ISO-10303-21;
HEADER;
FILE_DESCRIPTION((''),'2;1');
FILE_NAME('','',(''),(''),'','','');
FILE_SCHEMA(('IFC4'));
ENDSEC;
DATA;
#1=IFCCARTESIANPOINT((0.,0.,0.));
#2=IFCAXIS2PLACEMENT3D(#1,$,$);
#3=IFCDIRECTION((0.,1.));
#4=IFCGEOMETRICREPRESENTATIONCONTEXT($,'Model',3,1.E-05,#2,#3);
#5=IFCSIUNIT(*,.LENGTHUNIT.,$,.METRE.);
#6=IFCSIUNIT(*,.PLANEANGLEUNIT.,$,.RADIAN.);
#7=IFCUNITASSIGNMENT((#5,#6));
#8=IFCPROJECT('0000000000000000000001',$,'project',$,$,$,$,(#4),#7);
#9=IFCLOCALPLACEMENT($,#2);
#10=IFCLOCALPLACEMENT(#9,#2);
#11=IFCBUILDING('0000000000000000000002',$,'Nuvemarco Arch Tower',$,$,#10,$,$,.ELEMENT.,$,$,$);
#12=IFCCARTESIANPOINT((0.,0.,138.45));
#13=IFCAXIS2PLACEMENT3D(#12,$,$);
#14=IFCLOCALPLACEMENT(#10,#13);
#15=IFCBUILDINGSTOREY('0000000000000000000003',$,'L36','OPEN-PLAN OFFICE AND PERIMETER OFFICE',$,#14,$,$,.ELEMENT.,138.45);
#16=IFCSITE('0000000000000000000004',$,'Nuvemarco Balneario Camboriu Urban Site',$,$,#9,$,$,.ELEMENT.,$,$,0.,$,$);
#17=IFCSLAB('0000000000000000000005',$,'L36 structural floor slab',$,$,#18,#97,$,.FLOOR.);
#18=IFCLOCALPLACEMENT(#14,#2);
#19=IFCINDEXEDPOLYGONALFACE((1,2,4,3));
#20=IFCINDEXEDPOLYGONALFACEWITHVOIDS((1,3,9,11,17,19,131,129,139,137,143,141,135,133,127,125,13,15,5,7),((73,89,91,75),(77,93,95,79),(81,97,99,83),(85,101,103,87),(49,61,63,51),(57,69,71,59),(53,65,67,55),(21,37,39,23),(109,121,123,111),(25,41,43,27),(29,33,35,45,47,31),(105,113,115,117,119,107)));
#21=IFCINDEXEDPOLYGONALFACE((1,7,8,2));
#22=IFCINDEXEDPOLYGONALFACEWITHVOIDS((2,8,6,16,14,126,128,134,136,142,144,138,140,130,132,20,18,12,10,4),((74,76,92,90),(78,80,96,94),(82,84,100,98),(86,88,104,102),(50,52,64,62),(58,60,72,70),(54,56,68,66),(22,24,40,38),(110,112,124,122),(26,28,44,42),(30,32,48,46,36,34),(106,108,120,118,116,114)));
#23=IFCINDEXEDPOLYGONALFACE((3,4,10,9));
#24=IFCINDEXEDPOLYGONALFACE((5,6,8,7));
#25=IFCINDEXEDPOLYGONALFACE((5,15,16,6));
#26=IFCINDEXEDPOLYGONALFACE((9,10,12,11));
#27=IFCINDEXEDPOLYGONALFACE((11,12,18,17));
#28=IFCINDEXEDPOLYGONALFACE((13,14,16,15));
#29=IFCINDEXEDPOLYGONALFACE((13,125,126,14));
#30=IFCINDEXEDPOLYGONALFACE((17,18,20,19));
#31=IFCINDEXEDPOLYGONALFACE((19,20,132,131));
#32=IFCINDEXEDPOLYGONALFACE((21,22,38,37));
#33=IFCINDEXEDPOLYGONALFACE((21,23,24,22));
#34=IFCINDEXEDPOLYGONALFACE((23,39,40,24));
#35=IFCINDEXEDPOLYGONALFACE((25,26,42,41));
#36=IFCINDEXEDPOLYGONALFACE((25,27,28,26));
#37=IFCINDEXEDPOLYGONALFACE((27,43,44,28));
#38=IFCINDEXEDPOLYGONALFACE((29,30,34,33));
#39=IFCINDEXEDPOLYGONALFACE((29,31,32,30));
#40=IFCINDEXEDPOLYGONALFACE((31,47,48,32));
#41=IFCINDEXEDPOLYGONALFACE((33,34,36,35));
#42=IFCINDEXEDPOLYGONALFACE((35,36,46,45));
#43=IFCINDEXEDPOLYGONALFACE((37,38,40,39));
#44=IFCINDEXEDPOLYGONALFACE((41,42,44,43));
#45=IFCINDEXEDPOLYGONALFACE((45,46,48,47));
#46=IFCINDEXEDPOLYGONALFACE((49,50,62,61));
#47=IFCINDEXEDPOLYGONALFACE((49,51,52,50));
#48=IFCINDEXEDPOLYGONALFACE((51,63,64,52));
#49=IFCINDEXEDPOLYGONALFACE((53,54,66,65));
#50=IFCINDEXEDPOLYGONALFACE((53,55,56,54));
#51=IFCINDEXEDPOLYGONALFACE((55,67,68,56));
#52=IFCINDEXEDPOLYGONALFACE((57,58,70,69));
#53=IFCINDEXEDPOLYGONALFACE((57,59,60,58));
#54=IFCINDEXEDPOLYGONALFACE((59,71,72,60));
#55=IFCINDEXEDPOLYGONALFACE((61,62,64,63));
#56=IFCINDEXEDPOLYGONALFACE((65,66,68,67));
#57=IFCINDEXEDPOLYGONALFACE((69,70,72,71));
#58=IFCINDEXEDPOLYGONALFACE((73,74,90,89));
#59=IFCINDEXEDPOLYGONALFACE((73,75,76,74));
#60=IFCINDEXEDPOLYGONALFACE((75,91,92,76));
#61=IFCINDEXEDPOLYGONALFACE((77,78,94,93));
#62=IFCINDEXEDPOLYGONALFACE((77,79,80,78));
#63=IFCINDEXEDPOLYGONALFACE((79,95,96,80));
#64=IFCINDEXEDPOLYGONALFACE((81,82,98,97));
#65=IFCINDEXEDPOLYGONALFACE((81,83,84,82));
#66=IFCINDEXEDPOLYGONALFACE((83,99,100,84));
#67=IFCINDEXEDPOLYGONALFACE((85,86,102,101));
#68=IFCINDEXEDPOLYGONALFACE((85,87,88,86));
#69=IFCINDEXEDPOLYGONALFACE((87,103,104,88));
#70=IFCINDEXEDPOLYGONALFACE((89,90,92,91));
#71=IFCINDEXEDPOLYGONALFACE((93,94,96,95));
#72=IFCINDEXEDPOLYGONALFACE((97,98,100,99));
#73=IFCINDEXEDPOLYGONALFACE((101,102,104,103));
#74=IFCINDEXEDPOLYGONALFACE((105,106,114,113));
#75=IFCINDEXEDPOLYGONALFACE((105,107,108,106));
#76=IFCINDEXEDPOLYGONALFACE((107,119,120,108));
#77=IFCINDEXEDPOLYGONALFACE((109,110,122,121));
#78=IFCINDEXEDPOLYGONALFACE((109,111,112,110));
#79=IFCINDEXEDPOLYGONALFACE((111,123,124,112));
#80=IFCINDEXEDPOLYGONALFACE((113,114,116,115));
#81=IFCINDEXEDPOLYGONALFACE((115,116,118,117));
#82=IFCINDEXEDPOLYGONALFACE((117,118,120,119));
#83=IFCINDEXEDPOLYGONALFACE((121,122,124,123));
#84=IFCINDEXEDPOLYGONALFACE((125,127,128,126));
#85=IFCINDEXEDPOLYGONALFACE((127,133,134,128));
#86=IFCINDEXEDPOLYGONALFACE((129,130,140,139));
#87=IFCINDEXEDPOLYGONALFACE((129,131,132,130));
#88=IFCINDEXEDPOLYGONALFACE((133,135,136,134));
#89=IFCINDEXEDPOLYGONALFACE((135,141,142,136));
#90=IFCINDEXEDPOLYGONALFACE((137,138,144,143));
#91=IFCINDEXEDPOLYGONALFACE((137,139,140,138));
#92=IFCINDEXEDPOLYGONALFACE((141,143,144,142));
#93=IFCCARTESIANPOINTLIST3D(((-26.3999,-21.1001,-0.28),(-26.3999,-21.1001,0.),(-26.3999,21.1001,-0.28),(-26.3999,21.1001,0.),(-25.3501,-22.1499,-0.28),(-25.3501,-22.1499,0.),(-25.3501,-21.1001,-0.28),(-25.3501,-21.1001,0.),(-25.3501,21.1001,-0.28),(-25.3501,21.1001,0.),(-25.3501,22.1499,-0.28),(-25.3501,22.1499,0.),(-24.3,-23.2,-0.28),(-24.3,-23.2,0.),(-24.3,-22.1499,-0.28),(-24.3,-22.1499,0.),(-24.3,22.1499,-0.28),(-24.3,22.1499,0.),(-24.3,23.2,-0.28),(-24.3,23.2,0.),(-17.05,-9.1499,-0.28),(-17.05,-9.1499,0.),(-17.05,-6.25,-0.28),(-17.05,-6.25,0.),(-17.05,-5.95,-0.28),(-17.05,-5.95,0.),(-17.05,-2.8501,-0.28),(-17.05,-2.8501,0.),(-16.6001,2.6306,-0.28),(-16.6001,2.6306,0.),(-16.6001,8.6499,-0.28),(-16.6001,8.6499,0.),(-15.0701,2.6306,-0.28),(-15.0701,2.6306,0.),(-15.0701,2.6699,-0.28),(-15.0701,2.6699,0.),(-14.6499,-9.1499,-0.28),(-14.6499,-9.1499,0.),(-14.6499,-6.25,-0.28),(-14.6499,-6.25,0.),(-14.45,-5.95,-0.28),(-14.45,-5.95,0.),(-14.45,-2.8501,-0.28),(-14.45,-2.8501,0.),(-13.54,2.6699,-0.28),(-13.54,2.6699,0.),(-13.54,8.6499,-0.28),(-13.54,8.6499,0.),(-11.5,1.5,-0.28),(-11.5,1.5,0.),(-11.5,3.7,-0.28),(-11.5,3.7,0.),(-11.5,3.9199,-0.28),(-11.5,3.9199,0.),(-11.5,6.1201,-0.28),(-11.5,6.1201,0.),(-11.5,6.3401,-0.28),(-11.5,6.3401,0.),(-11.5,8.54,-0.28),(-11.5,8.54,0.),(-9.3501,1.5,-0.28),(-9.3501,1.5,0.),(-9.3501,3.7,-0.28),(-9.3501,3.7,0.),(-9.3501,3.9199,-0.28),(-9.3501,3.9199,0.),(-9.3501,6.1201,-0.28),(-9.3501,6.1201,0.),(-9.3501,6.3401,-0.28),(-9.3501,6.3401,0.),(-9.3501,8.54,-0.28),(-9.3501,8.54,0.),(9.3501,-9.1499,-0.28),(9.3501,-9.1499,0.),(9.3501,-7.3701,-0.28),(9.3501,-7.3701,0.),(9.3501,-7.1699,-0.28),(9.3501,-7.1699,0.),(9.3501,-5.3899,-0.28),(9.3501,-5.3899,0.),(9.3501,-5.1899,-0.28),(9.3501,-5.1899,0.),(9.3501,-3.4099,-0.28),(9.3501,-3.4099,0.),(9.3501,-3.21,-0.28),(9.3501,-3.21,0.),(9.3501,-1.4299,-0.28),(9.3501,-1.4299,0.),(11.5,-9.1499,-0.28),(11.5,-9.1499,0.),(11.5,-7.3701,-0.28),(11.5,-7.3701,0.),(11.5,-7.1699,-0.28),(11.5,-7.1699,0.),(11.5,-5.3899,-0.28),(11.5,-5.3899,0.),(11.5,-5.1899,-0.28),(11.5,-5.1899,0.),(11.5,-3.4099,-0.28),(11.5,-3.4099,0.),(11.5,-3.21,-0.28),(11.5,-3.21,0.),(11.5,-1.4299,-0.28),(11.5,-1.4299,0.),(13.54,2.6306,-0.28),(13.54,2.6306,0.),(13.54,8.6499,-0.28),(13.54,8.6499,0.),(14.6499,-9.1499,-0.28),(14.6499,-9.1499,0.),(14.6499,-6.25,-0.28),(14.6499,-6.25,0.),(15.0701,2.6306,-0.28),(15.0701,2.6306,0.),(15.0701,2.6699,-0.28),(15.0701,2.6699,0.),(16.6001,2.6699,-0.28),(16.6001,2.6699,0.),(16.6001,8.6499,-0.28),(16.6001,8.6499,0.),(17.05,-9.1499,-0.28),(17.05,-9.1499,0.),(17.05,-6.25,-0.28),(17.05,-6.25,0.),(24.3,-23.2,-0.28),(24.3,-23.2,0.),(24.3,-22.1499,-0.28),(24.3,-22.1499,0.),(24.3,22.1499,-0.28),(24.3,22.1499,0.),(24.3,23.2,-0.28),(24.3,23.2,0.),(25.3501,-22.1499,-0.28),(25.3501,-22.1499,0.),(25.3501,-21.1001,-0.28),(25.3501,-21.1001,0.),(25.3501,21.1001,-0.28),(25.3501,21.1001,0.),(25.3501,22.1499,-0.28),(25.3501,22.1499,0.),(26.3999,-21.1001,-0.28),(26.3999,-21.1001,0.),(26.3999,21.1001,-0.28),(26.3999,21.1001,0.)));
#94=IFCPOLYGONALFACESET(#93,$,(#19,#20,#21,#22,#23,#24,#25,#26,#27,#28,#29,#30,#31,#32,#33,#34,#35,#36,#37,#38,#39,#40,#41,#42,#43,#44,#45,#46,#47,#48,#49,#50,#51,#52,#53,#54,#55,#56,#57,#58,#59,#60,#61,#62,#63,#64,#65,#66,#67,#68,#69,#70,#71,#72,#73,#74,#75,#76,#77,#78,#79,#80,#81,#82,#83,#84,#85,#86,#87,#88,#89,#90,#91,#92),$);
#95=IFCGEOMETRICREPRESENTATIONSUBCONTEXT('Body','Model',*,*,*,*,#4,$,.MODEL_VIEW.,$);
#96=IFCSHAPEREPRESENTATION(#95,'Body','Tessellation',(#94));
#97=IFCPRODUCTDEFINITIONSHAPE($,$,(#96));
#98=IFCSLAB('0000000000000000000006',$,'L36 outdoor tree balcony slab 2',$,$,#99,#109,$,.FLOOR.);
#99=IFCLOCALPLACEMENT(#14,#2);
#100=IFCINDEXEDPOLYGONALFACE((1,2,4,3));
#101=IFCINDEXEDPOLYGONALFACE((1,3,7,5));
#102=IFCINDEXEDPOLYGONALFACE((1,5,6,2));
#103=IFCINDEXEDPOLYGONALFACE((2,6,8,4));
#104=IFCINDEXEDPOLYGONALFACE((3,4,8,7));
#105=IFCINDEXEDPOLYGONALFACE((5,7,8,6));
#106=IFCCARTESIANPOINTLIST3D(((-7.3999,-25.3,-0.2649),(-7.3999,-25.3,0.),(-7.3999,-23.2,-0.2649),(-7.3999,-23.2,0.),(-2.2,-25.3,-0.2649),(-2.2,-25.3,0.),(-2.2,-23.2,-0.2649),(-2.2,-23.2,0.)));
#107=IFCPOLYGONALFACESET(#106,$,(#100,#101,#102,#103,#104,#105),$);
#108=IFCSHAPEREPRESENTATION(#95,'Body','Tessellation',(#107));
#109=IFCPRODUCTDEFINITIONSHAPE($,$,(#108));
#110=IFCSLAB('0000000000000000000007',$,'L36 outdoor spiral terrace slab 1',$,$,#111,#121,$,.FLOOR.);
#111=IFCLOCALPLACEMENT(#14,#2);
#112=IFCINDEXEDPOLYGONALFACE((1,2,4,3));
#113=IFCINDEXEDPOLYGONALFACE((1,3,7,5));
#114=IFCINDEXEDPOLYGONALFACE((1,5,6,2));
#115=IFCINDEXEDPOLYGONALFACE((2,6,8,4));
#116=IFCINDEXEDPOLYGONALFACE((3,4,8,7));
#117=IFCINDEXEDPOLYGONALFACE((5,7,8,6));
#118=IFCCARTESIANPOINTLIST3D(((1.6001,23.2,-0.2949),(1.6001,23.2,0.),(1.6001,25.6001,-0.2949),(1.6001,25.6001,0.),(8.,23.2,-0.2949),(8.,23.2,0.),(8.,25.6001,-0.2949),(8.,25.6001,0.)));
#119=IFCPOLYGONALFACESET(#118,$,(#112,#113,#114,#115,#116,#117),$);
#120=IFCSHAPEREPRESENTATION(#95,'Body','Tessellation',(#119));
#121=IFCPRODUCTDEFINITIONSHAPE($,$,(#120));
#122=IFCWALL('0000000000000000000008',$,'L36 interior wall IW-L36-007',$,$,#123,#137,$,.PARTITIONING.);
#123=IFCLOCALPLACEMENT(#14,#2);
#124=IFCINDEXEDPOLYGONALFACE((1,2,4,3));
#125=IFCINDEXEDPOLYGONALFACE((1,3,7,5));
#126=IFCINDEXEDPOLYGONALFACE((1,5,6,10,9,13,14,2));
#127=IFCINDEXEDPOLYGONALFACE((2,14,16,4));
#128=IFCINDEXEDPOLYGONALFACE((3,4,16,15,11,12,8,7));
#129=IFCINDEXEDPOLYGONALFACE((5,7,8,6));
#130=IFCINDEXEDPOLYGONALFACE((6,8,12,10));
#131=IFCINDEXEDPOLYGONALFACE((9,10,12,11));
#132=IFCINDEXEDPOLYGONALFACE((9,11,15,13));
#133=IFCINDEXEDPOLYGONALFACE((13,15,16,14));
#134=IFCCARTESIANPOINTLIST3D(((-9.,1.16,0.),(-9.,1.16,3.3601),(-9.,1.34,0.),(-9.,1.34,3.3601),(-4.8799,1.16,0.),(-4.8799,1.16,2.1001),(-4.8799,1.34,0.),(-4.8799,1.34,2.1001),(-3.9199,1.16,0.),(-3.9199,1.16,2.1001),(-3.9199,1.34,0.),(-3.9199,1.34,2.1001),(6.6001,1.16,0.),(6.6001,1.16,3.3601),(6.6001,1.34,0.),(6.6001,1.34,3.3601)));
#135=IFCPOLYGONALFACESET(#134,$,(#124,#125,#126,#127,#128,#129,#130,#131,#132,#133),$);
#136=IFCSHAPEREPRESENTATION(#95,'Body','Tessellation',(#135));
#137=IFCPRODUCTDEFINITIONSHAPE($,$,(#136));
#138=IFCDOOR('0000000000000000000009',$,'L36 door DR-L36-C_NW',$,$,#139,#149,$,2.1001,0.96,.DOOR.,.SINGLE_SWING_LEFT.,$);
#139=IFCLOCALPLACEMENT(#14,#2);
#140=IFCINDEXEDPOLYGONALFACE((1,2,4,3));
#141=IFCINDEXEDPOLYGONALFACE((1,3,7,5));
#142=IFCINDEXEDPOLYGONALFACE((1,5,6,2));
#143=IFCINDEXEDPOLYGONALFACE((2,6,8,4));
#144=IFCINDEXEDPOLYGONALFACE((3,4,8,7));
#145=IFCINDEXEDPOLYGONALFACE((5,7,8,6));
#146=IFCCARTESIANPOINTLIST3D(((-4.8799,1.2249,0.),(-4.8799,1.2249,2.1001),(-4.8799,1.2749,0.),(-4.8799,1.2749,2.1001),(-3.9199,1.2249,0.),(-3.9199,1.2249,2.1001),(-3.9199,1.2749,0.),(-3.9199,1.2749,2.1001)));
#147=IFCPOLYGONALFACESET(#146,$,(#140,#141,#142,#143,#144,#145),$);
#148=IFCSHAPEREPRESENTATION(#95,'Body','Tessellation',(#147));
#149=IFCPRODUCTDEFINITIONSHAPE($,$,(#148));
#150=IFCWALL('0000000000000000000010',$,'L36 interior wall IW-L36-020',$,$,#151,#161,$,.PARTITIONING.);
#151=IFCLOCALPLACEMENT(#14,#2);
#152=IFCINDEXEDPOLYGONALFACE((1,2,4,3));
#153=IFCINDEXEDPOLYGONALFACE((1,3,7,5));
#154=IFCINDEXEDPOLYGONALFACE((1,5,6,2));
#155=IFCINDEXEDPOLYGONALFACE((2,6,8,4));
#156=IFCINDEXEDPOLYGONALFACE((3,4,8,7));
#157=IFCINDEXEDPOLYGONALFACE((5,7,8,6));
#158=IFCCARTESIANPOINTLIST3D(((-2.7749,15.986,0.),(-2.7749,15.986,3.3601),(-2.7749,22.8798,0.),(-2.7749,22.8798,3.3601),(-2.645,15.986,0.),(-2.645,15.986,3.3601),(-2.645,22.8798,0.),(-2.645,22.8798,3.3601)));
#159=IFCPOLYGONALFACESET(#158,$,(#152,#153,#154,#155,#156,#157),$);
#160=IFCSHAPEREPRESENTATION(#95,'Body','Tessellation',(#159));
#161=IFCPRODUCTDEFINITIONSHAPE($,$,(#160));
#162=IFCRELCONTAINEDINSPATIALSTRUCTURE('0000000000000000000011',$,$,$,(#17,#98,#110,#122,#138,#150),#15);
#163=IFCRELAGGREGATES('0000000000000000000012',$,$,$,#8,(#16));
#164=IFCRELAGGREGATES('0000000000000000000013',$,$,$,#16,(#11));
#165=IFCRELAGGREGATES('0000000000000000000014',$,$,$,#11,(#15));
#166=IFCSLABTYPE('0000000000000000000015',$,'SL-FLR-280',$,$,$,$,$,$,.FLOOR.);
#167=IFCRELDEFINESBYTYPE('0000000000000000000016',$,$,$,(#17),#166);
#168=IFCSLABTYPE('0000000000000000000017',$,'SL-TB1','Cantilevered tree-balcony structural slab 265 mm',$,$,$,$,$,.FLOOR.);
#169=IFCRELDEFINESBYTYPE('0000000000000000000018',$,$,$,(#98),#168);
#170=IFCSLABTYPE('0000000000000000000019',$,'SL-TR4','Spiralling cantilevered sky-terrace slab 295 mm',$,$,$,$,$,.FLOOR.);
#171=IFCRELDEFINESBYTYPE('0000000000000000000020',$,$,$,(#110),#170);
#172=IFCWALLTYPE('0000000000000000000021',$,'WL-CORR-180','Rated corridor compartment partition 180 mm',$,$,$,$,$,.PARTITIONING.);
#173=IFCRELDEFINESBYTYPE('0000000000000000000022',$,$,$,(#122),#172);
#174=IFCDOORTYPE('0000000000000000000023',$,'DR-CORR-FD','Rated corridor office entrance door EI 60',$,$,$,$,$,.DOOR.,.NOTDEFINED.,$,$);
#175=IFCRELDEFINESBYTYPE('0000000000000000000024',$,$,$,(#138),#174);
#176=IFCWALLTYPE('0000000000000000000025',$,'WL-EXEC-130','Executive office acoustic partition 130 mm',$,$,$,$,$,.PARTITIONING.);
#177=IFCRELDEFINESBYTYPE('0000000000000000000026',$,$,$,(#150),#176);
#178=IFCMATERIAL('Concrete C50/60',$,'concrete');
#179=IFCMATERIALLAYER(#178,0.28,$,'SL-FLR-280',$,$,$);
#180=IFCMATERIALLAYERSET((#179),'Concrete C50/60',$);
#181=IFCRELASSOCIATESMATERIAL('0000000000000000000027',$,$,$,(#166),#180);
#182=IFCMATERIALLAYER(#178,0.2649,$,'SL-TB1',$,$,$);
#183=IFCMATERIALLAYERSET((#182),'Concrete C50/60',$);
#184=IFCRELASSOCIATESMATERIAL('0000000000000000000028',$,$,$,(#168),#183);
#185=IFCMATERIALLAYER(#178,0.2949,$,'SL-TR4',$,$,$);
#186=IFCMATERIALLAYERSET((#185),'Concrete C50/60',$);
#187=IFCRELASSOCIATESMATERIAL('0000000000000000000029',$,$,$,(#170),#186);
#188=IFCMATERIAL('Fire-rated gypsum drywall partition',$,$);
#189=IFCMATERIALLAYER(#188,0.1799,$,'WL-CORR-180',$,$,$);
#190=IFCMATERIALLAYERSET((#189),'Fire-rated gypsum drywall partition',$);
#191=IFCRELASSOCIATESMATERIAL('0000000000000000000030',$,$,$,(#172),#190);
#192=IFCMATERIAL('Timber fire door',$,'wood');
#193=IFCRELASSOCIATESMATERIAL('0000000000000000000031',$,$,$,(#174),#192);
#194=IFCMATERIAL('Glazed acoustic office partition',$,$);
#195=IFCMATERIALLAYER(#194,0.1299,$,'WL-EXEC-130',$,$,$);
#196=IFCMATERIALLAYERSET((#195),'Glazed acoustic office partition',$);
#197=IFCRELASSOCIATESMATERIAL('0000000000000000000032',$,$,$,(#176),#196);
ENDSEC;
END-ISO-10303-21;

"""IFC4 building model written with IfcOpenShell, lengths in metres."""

from ifc_helpers import new_model, si_unit, direction, frame, frame_2d, origin, place, context, subcontext, project, spatial, polyline, rectangle, outline, extrude, source, transform, mapped, material, layer, layer_set, type_object, type_shapes, element, fill, save


model = new_model("IFC4")

# Units and contexts
model_context = context("Model", 3, precision=1e-05, world=origin(), true_north=direction((0.0, 1.0)))
body_context = subcontext(model_context, "Body", "Model", "MODEL_VIEW")
ifc_project = project(units=[si_unit("LENGTHUNIT", "METRE"), si_unit("PLANEANGLEUNIT", "RADIAN")], contexts=[model_context])

# Site, building, storey
site_placement = place(None, origin())
site = spatial("IfcSite", under=ifc_project, at=site_placement, Name="Nuvemarco Balneario Camboriu Urban Site", CompositionType="ELEMENT", RefElevation=0.0)
building_placement = place(site_placement, origin())
building = spatial("IfcBuilding", under=site, at=building_placement, Name="Nuvemarco Arch Tower", CompositionType="ELEMENT")
storey_placement = place(building_placement, frame((0.0, 0.0, 138.45)))
storey = spatial("IfcBuildingStorey", under=building, at=storey_placement, Name="L36", Description="OPEN-PLAN OFFICE AND PERIMETER OFFICE", CompositionType="ELEMENT", Elevation=138.45)

# Shared definitions
ifc_material_1 = material(Name="Concrete C50/60", Category="concrete")

# Slabs
ifc_layer_1 = layer(ifc_material_1, 0.28, Name="SL-FLR-280")
ifc_layer_set_1 = layer_set([ifc_layer_1], Name="Concrete C50/60")
slab_type_1 = type_object("IfcSlabType", Name="SL-FLR-280", PredefinedType="FLOOR", material=ifc_layer_set_1)
slab_1_placement = place(storey_placement, frame((0.0, 0.0, -0.28)))
element("IfcSlab", 1, at=slab_1_placement, inside=storey, type_object=slab_type_1, Name="L36 structural floor slab", PredefinedType="FLOOR", context=body_context, shape_type="SweptSolid", body=[
    extrude(outline(polyline([(-24.3, -23.2), (24.3, -23.2), (24.3, -22.1499), (25.3501, -22.1499), (25.3501, -21.1001), (26.3999, -21.1001), (26.3999, 21.1001), (25.3501, 21.1001), (25.3501, 22.1499), (24.3, 22.1499), (24.3, 23.2), (-24.3, 23.2), (-24.3, 22.1499), (-25.3501, 22.1499), (-25.3501, 21.1001), (-26.3999, 21.1001), (-26.3999, -21.1001), (-25.3501, -21.1001), (-25.3501, -22.1499), (-24.3, -22.1499), (-24.3, -23.2)]), holes=[polyline([(-13.54, 2.6699), (-13.54, 8.6499), (-16.6001, 8.6499), (-16.6001, 2.6306), (-15.0701, 2.6306), (-15.0701, 2.6699), (-13.54, 2.6699)]), polyline([(16.6001, 2.6699), (16.6001, 8.6499), (13.54, 8.6499), (13.54, 2.6306), (15.0701, 2.6306), (15.0701, 2.6699), (16.6001, 2.6699)]), polyline([(-17.05, -9.1499), (-14.6499, -9.1499), (-14.6499, -6.25), (-17.05, -6.25), (-17.05, -9.1499)]), polyline([(-17.05, -5.95), (-14.45, -5.95), (-14.45, -2.8501), (-17.05, -2.8501), (-17.05, -5.95)]), polyline([(-11.5, 1.5), (-9.3501, 1.5), (-9.3501, 3.7), (-11.5, 3.7), (-11.5, 1.5)]), polyline([(-11.5, 3.9199), (-9.3501, 3.9199), (-9.3501, 6.1201), (-11.5, 6.1201), (-11.5, 3.9199)]), polyline([(-11.5, 6.3401), (-9.3501, 6.3401), (-9.3501, 8.54), (-11.5, 8.54), (-11.5, 6.3401)]), polyline([(14.6499, -9.1499), (17.05, -9.1499), (17.05, -6.25), (14.6499, -6.25), (14.6499, -9.1499)]), polyline([(9.3501, -9.1499), (11.5, -9.1499), (11.5, -7.3701), (9.3501, -7.3701), (9.3501, -9.1499)]), polyline([(9.3501, -7.1699), (11.5, -7.1699), (11.5, -5.3899), (9.3501, -5.3899), (9.3501, -7.1699)]), polyline([(9.3501, -5.1899), (11.5, -5.1899), (11.5, -3.4099), (9.3501, -3.4099), (9.3501, -5.1899)]), polyline([(9.3501, -3.21), (11.5, -3.21), (11.5, -1.4299), (9.3501, -1.4299), (9.3501, -3.21)])]), origin(), (0.0, 0.0, 1.0), 0.28),
])
ifc_layer_2 = layer(ifc_material_1, 0.2649, Name="SL-TB1")
ifc_layer_set_2 = layer_set([ifc_layer_2], Name="Concrete C50/60")
slab_type_2 = type_object("IfcSlabType", Name="SL-TB1", Description="Cantilevered tree-balcony structural slab 265 mm", PredefinedType="FLOOR", material=ifc_layer_set_2)
slab_2_placement = place(storey_placement, frame((0.0, 0.0, -0.2649)))
element("IfcSlab", 2, at=slab_2_placement, inside=storey, type_object=slab_type_2, Name="L36 outdoor tree balcony slab 2", PredefinedType="FLOOR", context=body_context, shape_type="SweptSolid", body=[
    extrude(outline(polyline([(-7.3999, -25.3), (-2.2, -25.3), (-2.2, -23.2), (-7.3999, -23.2), (-7.3999, -25.3)])), origin(), (0.0, 0.0, 1.0), 0.2649),
])
ifc_layer_3 = layer(ifc_material_1, 0.2949, Name="SL-TR4")
ifc_layer_set_3 = layer_set([ifc_layer_3], Name="Concrete C50/60")
slab_type_3 = type_object("IfcSlabType", Name="SL-TR4", Description="Spiralling cantilevered sky-terrace slab 295 mm", PredefinedType="FLOOR", material=ifc_layer_set_3)
slab_3_placement = place(storey_placement, frame((0.0, 0.0, -0.2949)))
element("IfcSlab", 3, at=slab_3_placement, inside=storey, type_object=slab_type_3, Name="L36 outdoor spiral terrace slab 1", PredefinedType="FLOOR", context=body_context, shape_type="SweptSolid", body=[
    extrude(outline(polyline([(1.6001, 23.2), (8.0, 23.2), (8.0, 25.6001), (1.6001, 25.6001), (1.6001, 23.2)])), origin(), (0.0, 0.0, 1.0), 0.2949),
])

# Wall, opening, door
ifc_material_2 = material(Name="Fire-rated gypsum drywall partition")
ifc_layer_4 = layer(ifc_material_2, 0.1799, Name="WL-CORR-180")
ifc_layer_set_4 = layer_set([ifc_layer_4], Name="Fire-rated gypsum drywall partition")
wall_type_1 = type_object("IfcWallType", Name="WL-CORR-180", Description="Rated corridor compartment partition 180 mm", PredefinedType="PARTITIONING", material=ifc_layer_set_4)
wall_1_placement = place(storey_placement, frame((-9.0, 1.25, 0.0), z_axis=(0.0, 0.0, 1.0), x_axis=(1.0, 0.0, 0.0)))
wall_1 = element("IfcWall", 4, at=wall_1_placement, inside=storey, type_object=wall_type_1, Name="L36 interior wall IW-L36-007", PredefinedType="PARTITIONING", context=body_context, shape_type="SweptSolid", body=[
    extrude(rectangle(XDim=15.6001, YDim=0.1799, at=frame_2d((7.8, 0.0))), origin(), (0.0, 0.0, 1.0), 3.3601),
])
opening_1_placement = place(wall_1_placement, frame((4.1201, 0.0, 0.0)))
opening_1 = element("IfcOpeningElement", 5, at=opening_1_placement, cuts=wall_1, PredefinedType="OPENING", context=body_context, shape_type="SweptSolid", body=[
    extrude(rectangle(XDim=0.96, YDim=2.1001, at=frame_2d((0.48, 1.05))), frame((0.0, 0.0999, 0.0), z_axis=(0.0, -1.0, 0.0), x_axis=(1.0, 0.0, 0.0)), (0.0, 0.0, 1.0), 0.2),
])
ifc_material_3 = material(Name="Timber fire door", Category="wood")
door_type_1 = type_object("IfcDoorType", Name="DR-CORR-FD", Description="Rated corridor office entrance door EI 60", OperationType="NOTDEFINED", PredefinedType="DOOR", material=ifc_material_3)
shared_shape_1 = source(origin(), body_context, "Body", "SweptSolid", [
    extrude(rectangle(XDim=0.96, YDim=2.1001, at=frame_2d((0.48, 1.05))), frame((0.0, 0.0249, 0.0), z_axis=(0.0, -1.0, 0.0), x_axis=(1.0, 0.0, 0.0)), (0.0, 0.0, 1.0), 0.05),
])
type_shapes(door_type_1, [shared_shape_1])
door_1_placement = place(opening_1_placement, origin())
door_1 = element("IfcDoor", 6, at=door_1_placement, inside=storey, type_object=door_type_1, Name="L36 door DR-L36-C_NW", OperationType="SINGLE_SWING_LEFT", OverallHeight=2.1001, OverallWidth=0.96, PredefinedType="DOOR", context=body_context, shape_type="MappedRepresentation", body=[
    mapped(shared_shape_1, transform((0.0, 0.0, 0.0), scale=1.0)),
])
fill(opening_1, door_1)

# Wall
ifc_material_4 = material(Name="Glazed acoustic office partition")
ifc_layer_5 = layer(ifc_material_4, 0.1299, Name="WL-EXEC-130")
ifc_layer_set_5 = layer_set([ifc_layer_5], Name="Glazed acoustic office partition")
wall_type_2 = type_object("IfcWallType", Name="WL-EXEC-130", Description="Executive office acoustic partition 130 mm", PredefinedType="PARTITIONING", material=ifc_layer_set_5)
wall_2_placement = place(storey_placement, frame((-2.71, 15.9861, 0.0), z_axis=(0.0, 0.0, 1.0), x_axis=(0.0, 1.0, 0.0)))
element("IfcWall", 7, at=wall_2_placement, inside=storey, type_object=wall_type_2, Name="L36 interior wall IW-L36-020", PredefinedType="PARTITIONING", context=body_context, shape_type="SweptSolid", body=[
    extrude(rectangle(XDim=6.8938, YDim=0.1299, at=frame_2d((3.4468, 0.0))), origin(), (0.0, 0.0, 1.0), 3.3601),
])

save(model, "model.ifc")
